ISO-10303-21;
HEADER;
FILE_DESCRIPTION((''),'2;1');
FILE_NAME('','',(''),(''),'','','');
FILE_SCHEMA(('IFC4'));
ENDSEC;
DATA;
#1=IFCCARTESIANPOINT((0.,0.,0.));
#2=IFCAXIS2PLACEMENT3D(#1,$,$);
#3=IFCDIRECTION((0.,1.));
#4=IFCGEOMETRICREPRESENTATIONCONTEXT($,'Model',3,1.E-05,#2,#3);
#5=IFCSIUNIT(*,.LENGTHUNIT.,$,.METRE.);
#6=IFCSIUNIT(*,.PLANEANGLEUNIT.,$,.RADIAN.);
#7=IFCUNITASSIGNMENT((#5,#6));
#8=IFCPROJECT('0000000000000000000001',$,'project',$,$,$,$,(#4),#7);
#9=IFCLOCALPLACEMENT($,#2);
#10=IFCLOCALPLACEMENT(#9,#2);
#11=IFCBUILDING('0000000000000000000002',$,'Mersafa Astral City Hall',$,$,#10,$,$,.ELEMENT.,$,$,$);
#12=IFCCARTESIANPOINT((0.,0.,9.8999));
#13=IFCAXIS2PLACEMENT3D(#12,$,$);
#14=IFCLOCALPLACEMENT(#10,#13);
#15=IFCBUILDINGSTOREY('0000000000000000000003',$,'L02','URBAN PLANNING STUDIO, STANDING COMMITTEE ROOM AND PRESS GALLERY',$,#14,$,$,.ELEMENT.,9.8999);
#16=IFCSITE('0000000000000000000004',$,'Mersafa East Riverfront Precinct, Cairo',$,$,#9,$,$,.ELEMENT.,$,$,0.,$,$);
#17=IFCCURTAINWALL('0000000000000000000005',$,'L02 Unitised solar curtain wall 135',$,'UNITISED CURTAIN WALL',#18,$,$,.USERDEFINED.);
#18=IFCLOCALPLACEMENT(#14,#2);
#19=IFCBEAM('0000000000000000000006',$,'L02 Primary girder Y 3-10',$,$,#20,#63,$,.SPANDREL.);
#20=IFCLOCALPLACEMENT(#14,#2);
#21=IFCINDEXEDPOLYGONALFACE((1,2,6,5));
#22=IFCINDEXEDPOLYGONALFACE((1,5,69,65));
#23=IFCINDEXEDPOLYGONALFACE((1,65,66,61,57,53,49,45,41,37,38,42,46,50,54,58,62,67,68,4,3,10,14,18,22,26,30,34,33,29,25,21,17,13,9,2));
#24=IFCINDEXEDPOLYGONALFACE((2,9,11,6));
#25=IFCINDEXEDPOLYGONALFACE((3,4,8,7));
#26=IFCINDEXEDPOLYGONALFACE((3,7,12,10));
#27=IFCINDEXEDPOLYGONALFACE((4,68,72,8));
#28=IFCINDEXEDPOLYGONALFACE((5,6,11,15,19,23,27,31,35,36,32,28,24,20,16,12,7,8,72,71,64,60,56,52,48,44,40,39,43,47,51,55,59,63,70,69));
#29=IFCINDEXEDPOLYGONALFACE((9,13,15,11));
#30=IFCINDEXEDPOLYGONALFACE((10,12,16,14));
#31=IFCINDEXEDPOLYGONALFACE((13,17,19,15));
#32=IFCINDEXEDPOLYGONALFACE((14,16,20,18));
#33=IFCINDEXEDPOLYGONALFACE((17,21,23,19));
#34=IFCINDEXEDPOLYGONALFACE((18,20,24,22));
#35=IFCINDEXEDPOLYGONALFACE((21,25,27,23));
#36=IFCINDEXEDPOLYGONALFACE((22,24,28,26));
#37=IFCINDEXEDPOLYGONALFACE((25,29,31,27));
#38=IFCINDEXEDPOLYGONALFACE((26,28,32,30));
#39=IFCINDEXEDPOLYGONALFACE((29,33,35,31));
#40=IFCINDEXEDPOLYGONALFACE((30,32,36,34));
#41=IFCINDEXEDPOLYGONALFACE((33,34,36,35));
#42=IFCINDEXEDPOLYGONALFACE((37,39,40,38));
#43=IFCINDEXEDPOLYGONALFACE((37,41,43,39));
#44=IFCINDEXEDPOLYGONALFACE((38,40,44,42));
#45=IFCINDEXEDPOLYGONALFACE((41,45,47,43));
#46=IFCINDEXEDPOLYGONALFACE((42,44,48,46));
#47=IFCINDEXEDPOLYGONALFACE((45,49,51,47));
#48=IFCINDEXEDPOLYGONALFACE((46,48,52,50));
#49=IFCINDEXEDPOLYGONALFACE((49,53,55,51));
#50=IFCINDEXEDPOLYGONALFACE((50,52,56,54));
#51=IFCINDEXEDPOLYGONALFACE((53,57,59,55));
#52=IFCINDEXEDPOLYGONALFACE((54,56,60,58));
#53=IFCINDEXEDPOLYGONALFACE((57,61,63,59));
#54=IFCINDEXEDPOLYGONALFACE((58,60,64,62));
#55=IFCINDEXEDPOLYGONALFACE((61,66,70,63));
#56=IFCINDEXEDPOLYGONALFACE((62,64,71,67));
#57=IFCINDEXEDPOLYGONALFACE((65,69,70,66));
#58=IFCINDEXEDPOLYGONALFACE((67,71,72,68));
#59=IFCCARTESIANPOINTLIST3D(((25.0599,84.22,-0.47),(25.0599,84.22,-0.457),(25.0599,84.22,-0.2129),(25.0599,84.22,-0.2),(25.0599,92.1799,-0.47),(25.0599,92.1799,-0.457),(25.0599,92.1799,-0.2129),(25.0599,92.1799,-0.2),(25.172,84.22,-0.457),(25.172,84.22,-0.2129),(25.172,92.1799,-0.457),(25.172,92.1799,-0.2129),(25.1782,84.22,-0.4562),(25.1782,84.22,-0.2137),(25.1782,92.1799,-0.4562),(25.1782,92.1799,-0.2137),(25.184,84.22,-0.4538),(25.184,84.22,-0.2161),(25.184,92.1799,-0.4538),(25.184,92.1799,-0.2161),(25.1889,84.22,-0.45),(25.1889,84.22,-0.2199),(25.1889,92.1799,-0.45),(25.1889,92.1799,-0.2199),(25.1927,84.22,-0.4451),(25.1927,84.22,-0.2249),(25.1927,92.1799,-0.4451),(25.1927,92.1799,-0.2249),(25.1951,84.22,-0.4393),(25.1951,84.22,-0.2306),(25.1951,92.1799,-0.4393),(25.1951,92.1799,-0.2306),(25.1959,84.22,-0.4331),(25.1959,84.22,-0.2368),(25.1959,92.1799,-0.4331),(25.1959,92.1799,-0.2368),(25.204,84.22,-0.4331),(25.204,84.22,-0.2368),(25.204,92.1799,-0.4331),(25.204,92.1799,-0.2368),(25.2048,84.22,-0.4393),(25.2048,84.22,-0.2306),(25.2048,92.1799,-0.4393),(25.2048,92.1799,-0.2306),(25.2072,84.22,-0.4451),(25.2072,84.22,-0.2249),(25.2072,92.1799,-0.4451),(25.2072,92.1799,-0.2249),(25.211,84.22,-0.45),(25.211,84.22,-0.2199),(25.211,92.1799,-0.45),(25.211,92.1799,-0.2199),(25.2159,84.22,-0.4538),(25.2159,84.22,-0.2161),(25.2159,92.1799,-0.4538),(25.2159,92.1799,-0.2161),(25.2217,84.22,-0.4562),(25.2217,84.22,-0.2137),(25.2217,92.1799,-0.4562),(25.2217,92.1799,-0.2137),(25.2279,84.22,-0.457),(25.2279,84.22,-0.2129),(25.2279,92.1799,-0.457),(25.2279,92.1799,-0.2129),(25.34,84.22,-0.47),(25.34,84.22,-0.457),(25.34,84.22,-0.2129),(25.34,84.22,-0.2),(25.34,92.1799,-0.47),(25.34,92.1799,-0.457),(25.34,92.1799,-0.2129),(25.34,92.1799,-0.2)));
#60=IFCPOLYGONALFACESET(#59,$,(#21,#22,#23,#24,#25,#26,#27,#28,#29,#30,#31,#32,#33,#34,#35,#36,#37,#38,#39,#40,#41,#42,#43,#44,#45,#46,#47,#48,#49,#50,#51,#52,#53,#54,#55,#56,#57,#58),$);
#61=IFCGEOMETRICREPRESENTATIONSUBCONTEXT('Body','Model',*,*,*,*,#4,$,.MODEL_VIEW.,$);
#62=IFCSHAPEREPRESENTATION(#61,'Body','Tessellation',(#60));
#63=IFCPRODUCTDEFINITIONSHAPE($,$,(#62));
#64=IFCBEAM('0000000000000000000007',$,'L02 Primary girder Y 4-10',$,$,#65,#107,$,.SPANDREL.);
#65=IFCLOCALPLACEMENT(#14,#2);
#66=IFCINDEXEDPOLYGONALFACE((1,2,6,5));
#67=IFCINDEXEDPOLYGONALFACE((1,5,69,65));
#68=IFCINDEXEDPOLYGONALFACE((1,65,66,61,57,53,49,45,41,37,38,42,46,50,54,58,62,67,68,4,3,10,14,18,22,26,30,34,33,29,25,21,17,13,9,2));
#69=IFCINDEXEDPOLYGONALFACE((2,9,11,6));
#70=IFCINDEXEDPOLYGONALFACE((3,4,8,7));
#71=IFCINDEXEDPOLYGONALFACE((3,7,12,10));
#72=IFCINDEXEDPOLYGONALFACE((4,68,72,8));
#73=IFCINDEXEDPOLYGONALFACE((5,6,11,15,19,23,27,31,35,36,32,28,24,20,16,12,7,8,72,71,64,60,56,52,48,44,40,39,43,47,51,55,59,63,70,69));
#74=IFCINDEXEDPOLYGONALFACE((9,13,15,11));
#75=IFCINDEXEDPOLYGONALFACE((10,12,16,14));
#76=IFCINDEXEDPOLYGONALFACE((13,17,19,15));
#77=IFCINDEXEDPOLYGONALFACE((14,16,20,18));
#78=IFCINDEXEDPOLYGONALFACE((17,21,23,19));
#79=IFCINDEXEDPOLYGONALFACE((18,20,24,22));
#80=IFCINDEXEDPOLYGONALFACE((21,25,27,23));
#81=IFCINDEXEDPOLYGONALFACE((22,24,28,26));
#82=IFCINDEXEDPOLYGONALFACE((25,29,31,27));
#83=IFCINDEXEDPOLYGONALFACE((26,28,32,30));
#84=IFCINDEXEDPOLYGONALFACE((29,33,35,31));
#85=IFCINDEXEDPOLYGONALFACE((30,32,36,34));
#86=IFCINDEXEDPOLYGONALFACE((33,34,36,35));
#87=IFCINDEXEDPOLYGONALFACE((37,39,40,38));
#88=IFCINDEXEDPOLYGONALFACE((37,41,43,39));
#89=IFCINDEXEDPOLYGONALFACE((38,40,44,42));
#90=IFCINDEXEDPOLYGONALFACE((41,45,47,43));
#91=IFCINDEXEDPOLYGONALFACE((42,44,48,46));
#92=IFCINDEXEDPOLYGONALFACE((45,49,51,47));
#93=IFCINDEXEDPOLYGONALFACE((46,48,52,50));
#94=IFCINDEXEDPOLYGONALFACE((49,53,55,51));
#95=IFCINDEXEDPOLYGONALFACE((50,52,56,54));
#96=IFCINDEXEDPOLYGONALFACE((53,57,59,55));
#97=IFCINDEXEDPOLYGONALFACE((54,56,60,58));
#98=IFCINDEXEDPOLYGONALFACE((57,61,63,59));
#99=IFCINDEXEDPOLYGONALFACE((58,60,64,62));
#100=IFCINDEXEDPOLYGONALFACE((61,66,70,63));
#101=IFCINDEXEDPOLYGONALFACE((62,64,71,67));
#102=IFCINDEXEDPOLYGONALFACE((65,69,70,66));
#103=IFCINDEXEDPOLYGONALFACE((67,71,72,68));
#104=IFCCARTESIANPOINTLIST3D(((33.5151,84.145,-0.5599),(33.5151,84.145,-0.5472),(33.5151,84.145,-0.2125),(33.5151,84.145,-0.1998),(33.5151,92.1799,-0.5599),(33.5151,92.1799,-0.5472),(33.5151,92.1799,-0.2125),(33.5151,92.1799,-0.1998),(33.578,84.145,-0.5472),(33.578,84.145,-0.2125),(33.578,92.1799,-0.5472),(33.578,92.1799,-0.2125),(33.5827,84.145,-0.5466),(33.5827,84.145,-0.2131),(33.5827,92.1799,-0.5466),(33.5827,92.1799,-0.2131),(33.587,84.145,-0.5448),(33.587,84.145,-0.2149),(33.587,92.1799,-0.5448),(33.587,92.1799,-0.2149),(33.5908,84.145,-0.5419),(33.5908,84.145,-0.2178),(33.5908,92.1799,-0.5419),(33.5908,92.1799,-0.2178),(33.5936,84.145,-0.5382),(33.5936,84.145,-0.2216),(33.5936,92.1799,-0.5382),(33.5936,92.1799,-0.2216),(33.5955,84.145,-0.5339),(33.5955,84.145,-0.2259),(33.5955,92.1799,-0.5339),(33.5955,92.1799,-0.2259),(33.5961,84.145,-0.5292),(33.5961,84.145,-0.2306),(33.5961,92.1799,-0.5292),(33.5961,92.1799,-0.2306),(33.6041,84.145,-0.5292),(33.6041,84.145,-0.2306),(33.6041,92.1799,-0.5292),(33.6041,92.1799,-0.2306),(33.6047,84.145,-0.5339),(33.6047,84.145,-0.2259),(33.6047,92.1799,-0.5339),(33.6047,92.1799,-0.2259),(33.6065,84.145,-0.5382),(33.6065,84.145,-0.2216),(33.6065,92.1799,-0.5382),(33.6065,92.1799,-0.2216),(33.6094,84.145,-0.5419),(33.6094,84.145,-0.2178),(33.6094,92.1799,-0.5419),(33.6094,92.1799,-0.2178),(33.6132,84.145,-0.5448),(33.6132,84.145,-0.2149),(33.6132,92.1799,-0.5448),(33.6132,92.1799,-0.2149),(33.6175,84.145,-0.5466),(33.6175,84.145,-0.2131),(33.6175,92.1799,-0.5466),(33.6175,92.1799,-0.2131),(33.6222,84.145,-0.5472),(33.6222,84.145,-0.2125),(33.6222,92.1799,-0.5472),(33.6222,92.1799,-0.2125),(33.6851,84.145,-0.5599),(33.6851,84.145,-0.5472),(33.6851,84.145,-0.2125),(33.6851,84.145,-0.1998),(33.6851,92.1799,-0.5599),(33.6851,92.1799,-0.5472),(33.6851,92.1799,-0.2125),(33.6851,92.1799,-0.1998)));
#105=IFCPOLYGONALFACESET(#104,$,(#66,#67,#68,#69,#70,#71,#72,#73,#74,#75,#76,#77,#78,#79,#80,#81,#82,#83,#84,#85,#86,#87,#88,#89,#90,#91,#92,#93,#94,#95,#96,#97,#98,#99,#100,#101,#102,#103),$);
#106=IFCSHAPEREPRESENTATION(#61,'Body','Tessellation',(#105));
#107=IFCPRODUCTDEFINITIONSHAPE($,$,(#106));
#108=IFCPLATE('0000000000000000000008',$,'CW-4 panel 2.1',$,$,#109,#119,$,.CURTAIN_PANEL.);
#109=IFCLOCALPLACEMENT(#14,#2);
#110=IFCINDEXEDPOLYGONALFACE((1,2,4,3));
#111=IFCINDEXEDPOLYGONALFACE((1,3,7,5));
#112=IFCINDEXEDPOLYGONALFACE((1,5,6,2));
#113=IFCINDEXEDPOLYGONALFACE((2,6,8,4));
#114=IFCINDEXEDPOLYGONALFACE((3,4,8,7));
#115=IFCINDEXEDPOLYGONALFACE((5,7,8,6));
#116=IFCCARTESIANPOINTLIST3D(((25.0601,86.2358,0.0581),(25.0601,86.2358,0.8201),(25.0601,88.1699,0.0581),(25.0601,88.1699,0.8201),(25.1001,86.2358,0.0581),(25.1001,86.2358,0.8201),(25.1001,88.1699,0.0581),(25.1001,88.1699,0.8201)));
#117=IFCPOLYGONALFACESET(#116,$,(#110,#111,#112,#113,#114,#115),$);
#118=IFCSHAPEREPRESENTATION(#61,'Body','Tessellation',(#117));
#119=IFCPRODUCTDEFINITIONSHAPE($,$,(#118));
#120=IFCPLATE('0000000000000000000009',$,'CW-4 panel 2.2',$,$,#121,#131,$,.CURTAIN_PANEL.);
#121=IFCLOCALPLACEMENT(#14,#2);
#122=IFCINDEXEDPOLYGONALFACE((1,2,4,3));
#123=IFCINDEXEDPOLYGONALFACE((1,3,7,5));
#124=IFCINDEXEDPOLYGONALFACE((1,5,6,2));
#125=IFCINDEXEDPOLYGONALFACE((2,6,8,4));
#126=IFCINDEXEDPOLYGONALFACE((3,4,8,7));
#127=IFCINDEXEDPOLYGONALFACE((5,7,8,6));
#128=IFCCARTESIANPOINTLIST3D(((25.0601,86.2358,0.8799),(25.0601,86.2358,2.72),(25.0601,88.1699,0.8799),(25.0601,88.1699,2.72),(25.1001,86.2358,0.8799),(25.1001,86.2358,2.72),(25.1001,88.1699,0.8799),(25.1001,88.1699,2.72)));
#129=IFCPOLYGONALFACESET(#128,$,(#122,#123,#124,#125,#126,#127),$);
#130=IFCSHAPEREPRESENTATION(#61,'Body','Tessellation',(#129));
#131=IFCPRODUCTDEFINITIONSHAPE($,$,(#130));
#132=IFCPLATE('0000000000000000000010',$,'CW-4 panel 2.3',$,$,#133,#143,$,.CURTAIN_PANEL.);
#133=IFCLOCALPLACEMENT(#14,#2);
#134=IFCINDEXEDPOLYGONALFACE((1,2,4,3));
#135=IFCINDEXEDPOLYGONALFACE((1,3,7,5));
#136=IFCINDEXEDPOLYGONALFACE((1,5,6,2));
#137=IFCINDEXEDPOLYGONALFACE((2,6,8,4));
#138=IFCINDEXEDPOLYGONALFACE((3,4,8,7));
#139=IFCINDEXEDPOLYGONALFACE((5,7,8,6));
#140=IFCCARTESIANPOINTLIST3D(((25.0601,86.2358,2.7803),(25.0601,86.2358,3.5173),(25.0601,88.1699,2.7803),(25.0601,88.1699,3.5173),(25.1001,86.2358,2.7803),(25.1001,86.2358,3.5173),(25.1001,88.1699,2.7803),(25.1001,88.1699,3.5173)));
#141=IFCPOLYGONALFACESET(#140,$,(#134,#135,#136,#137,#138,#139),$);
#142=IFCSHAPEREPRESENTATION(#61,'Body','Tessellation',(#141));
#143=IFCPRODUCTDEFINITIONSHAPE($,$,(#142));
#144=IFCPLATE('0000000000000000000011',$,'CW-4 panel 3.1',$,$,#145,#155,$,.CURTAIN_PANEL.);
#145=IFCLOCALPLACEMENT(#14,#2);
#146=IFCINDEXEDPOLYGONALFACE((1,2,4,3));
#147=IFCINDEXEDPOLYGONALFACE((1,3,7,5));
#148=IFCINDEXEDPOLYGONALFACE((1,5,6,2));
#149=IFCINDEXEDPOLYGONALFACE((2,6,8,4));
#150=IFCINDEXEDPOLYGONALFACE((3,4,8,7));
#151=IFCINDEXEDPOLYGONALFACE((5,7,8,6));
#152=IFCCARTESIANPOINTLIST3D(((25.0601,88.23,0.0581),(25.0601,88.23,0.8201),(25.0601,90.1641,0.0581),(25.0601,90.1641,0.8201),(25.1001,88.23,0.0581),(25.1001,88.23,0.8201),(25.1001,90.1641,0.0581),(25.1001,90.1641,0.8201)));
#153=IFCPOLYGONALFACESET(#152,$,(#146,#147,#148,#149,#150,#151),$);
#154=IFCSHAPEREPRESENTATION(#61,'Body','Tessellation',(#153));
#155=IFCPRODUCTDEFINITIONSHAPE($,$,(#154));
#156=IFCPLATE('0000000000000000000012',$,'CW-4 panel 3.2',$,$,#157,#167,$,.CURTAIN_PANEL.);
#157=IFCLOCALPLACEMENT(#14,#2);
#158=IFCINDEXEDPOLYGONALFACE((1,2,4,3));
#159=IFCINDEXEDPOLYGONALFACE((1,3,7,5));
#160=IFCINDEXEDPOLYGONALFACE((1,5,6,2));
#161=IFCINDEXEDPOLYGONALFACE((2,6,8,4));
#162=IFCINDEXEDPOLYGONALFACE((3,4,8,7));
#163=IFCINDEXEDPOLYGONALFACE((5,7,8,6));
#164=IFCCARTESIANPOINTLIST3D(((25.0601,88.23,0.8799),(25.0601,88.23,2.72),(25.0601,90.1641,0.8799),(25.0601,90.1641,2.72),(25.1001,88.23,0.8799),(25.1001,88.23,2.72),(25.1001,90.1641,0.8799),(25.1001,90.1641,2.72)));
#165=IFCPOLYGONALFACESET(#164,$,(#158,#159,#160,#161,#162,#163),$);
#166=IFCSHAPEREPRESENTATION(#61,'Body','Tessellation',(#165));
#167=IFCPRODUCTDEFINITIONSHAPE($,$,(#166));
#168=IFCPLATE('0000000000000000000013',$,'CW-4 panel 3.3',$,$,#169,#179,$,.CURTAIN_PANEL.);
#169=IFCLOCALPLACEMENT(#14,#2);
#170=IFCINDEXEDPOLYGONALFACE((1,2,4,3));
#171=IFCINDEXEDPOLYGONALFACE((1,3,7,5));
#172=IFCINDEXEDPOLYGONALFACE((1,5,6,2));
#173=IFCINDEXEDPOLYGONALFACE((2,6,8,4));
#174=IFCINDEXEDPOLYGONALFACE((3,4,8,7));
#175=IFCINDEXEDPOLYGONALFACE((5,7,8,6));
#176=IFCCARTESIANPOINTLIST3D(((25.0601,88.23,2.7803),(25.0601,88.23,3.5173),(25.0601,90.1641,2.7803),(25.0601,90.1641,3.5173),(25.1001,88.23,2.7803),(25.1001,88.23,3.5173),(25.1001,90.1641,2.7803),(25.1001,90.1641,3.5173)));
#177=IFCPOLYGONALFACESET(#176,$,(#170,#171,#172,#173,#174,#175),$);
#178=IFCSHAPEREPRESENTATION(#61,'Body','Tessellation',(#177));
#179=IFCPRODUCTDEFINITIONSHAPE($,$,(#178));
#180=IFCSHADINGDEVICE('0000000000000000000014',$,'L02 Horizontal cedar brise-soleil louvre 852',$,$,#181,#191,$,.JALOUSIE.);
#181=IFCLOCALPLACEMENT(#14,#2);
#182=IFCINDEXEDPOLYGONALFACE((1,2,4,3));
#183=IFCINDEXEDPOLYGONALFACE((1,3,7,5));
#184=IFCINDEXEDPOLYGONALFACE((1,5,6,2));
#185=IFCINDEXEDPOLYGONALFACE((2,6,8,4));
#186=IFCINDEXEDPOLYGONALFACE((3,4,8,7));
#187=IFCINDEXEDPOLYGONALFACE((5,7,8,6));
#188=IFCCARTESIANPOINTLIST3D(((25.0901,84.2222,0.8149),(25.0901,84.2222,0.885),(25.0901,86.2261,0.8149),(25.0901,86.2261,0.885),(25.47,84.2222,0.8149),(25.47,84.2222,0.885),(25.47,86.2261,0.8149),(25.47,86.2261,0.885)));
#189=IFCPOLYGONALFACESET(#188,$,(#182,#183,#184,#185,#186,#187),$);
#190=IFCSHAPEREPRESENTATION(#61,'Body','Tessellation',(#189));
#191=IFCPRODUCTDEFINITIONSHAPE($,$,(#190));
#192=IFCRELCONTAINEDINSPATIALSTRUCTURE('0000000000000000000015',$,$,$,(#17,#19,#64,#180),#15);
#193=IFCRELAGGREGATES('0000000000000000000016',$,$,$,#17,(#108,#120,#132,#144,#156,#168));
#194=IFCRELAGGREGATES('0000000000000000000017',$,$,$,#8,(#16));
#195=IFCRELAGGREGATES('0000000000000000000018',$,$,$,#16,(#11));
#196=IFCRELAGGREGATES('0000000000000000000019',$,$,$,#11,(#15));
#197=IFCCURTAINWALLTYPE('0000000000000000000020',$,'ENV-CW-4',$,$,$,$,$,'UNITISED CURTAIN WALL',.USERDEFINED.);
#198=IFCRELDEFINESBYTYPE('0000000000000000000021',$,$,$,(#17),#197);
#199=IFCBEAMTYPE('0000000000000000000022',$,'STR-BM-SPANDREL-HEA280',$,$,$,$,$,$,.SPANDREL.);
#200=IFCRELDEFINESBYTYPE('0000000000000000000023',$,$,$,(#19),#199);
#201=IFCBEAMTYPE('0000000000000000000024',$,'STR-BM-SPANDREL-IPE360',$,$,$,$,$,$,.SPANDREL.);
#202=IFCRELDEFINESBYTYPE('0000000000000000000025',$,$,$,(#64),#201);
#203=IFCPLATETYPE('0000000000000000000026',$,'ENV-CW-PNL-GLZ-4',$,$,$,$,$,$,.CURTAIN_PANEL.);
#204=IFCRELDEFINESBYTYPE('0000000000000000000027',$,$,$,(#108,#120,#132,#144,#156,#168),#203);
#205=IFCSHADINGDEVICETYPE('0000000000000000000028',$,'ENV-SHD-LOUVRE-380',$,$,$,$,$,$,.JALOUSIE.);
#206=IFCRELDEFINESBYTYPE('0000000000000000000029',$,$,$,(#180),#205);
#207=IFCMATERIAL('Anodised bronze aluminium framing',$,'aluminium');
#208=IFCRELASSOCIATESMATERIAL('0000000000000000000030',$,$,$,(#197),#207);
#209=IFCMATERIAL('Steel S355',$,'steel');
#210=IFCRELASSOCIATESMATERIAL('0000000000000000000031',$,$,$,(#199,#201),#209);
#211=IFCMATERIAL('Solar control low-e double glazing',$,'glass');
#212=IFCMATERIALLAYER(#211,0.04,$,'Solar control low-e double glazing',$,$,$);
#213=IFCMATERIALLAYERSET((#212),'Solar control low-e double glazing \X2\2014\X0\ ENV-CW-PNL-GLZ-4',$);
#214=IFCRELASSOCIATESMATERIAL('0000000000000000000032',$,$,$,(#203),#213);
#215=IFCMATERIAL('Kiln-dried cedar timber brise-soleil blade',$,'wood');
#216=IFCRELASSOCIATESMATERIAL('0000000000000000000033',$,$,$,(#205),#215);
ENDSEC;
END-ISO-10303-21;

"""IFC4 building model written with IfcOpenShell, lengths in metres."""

from ifc_helpers import new_model, si_unit, direction, frame, origin, origin_2d, place, context, subcontext, project, spatial, rectangle, i_section, extrude, material, layer, layer_set, material_profile, profile_set, type_object, element, aggregate, save


model = new_model("IFC4")

# Units and contexts
model_context = context("Model", 3, precision=1e-05, world=origin(), true_north=direction((0.0, 1.0)))
body_context = subcontext(model_context, "Body", "Model", "MODEL_VIEW")
ifc_project = project(units=[si_unit("LENGTHUNIT", "METRE"), si_unit("PLANEANGLEUNIT", "RADIAN")], contexts=[model_context])

# Site, building, storey
site_placement = place(None, origin())
site = spatial("IfcSite", under=ifc_project, at=site_placement, Name="Mersafa East Riverfront Precinct, Cairo", CompositionType="ELEMENT", RefElevation=0.0)
building_placement = place(site_placement, origin())
building = spatial("IfcBuilding", under=site, at=building_placement, Name="Mersafa Astral City Hall", CompositionType="ELEMENT")
storey_placement = place(building_placement, frame((0.0, 0.0, 9.8999)))
storey = spatial("IfcBuildingStorey", under=building, at=storey_placement, Name="L02", Description="URBAN PLANNING STUDIO, STANDING COMMITTEE ROOM AND PRESS GALLERY", CompositionType="ELEMENT", Elevation=9.8999)

# Curtain wall
ifc_material_1 = material(Name="Anodised bronze aluminium framing", Category="aluminium")
curtain_wall_type = type_object("IfcCurtainWallType", Name="ENV-CW-4", ElementType="UNITISED CURTAIN WALL", PredefinedType="USERDEFINED", material=ifc_material_1)
curtain_wall_placement = place(storey_placement, origin())
curtain_wall = element("IfcCurtainWall", 1, at=curtain_wall_placement, inside=storey, type_object=curtain_wall_type, Name="L02 Unitised solar curtain wall 135", ObjectType="UNITISED CURTAIN WALL", PredefinedType="USERDEFINED")

# Beams
ifc_material_2 = material(Name="Steel S355", Category="steel")
ifc_material_profile_1 = material_profile(ifc_material_2, i_section(OverallWidth=0.28, OverallDepth=0.27, WebThickness=0.0081, FlangeThickness=0.0129, FilletRadius=0.0239, at=origin_2d()), Name="HEA 280")
ifc_profile_set_1 = profile_set([ifc_material_profile_1], Name="Steel S355")
beam_type_1 = type_object("IfcBeamType", Name="STR-BM-SPANDREL-HEA280", PredefinedType="SPANDREL", material=ifc_profile_set_1)
beam_1_placement = place(storey_placement, frame((25.2, 84.22, -0.335), z_axis=(0.0, 1.0, 0.0), x_axis=(-1.0, 0.0, 0.0)))
element("IfcBeam", 2, at=beam_1_placement, inside=storey, type_object=beam_type_1, Name="L02 Primary girder Y 3-10", PredefinedType="SPANDREL", context=body_context, shape_type="SweptSolid", body=[
    extrude(i_section(OverallWidth=0.28, OverallDepth=0.27, WebThickness=0.0081, FlangeThickness=0.0129, FilletRadius=0.0239, at=origin_2d()), origin(), (0.0, 0.0, 1.0), 7.96),
])
ifc_material_profile_2 = material_profile(ifc_material_2, i_section(OverallWidth=0.1699, OverallDepth=0.3601, WebThickness=0.0081, FlangeThickness=0.0127, FilletRadius=0.0181, at=origin_2d()), Name="IPE 360")
ifc_profile_set_2 = profile_set([ifc_material_profile_2], Name="Steel S355")
beam_type_2 = type_object("IfcBeamType", Name="STR-BM-SPANDREL-IPE360", PredefinedType="SPANDREL", material=ifc_profile_set_2)
beam_2_placement = place(storey_placement, frame((33.6001, 84.145, -0.3799), z_axis=(0.0, 1.0, 0.0), x_axis=(-1.0, 0.0, 0.0)))
element("IfcBeam", 3, at=beam_2_placement, inside=storey, type_object=beam_type_2, Name="L02 Primary girder Y 4-10", PredefinedType="SPANDREL", context=body_context, shape_type="SweptSolid", body=[
    extrude(i_section(OverallWidth=0.1699, OverallDepth=0.3601, WebThickness=0.0081, FlangeThickness=0.0127, FilletRadius=0.0181, at=origin_2d()), origin(), (0.0, 0.0, 1.0), 8.0349),
])

# Plates
ifc_material_3 = material(Name="Solar control low-e double glazing", Category="glass")
ifc_layer = layer(ifc_material_3, 0.04, Name="Solar control low-e double glazing")
ifc_layer_set = layer_set([ifc_layer], Name="Solar control low-e double glazing — ENV-CW-PNL-GLZ-4")
plate_type = type_object("IfcPlateType", Name="ENV-CW-PNL-GLZ-4", PredefinedType="CURTAIN_PANEL", material=ifc_layer_set)
plate_1_placement = place(storey_placement, frame((25.0801, 87.2029, 0.0581), z_axis=(0.0, 0.0, 1.0), x_axis=(0.0, 1.0, 0.0)))
plate_1 = element("IfcPlate", 4, at=plate_1_placement, type_object=plate_type, Name="CW-4 panel 2.1", PredefinedType="CURTAIN_PANEL", context=body_context, shape_type="SweptSolid", body=[
    extrude(rectangle(XDim=1.9341, YDim=0.04, at=origin_2d()), origin(), (0.0, 0.0, 1.0), 0.762),
])
plate_2_placement = place(storey_placement, frame((25.0801, 87.2029, 0.8799), z_axis=(0.0, 0.0, 1.0), x_axis=(0.0, 1.0, 0.0)))
plate_2 = element("IfcPlate", 5, at=plate_2_placement, type_object=plate_type, Name="CW-4 panel 2.2", PredefinedType="CURTAIN_PANEL", context=body_context, shape_type="SweptSolid", body=[
    extrude(rectangle(XDim=1.9341, YDim=0.04, at=origin_2d()), origin(), (0.0, 0.0, 1.0), 1.8401),
])
plate_3_placement = place(storey_placement, frame((25.0801, 87.2029, 2.7803), z_axis=(0.0, 0.0, 1.0), x_axis=(0.0, 1.0, 0.0)))
plate_3 = element("IfcPlate", 6, at=plate_3_placement, type_object=plate_type, Name="CW-4 panel 2.3", PredefinedType="CURTAIN_PANEL", context=body_context, shape_type="SweptSolid", body=[
    extrude(rectangle(XDim=1.9341, YDim=0.04, at=origin_2d()), origin(), (0.0, 0.0, 1.0), 0.7371),
])
plate_4_placement = place(storey_placement, frame((25.0801, 89.197, 0.0581), z_axis=(0.0, 0.0, 1.0), x_axis=(0.0, 1.0, 0.0)))
plate_4 = element("IfcPlate", 7, at=plate_4_placement, type_object=plate_type, Name="CW-4 panel 3.1", PredefinedType="CURTAIN_PANEL", context=body_context, shape_type="SweptSolid", body=[
    extrude(rectangle(XDim=1.9341, YDim=0.04, at=origin_2d()), origin(), (0.0, 0.0, 1.0), 0.762),
])
plate_5_placement = place(storey_placement, frame((25.0801, 89.197, 0.8799), z_axis=(0.0, 0.0, 1.0), x_axis=(0.0, 1.0, 0.0)))
plate_5 = element("IfcPlate", 8, at=plate_5_placement, type_object=plate_type, Name="CW-4 panel 3.2", PredefinedType="CURTAIN_PANEL", context=body_context, shape_type="SweptSolid", body=[
    extrude(rectangle(XDim=1.9341, YDim=0.04, at=origin_2d()), origin(), (0.0, 0.0, 1.0), 1.8401),
])
plate_6_placement = place(storey_placement, frame((25.0801, 89.197, 2.7803), z_axis=(0.0, 0.0, 1.0), x_axis=(0.0, 1.0, 0.0)))
plate_6 = element("IfcPlate", 9, at=plate_6_placement, type_object=plate_type, Name="CW-4 panel 3.3", PredefinedType="CURTAIN_PANEL", context=body_context, shape_type="SweptSolid", body=[
    extrude(rectangle(XDim=1.9341, YDim=0.04, at=origin_2d()), origin(), (0.0, 0.0, 1.0), 0.7371),
])
aggregate(curtain_wall, [plate_1, plate_2, plate_3, plate_4, plate_5, plate_6])

# Shading device
ifc_material_4 = material(Name="Kiln-dried cedar timber brise-soleil blade", Category="wood")
shading_device_type = type_object("IfcShadingDeviceType", Name="ENV-SHD-LOUVRE-380", PredefinedType="JALOUSIE", material=ifc_material_4)
shading_device_1_placement = place(storey_placement, frame((25.28, 85.2241, 0.8149), z_axis=(0.0, 0.0, 1.0), x_axis=(0.0, 1.0, 0.0)))
element("IfcShadingDevice", 10, at=shading_device_1_placement, inside=storey, type_object=shading_device_type, Name="L02 Horizontal cedar brise-soleil louvre 852", PredefinedType="JALOUSIE", context=body_context, shape_type="SweptSolid", body=[
    extrude(rectangle(XDim=2.0039, YDim=0.3799, at=origin_2d()), origin(), (0.0, 0.0, 1.0), 0.0701),
])

save(model, "model.ifc")
